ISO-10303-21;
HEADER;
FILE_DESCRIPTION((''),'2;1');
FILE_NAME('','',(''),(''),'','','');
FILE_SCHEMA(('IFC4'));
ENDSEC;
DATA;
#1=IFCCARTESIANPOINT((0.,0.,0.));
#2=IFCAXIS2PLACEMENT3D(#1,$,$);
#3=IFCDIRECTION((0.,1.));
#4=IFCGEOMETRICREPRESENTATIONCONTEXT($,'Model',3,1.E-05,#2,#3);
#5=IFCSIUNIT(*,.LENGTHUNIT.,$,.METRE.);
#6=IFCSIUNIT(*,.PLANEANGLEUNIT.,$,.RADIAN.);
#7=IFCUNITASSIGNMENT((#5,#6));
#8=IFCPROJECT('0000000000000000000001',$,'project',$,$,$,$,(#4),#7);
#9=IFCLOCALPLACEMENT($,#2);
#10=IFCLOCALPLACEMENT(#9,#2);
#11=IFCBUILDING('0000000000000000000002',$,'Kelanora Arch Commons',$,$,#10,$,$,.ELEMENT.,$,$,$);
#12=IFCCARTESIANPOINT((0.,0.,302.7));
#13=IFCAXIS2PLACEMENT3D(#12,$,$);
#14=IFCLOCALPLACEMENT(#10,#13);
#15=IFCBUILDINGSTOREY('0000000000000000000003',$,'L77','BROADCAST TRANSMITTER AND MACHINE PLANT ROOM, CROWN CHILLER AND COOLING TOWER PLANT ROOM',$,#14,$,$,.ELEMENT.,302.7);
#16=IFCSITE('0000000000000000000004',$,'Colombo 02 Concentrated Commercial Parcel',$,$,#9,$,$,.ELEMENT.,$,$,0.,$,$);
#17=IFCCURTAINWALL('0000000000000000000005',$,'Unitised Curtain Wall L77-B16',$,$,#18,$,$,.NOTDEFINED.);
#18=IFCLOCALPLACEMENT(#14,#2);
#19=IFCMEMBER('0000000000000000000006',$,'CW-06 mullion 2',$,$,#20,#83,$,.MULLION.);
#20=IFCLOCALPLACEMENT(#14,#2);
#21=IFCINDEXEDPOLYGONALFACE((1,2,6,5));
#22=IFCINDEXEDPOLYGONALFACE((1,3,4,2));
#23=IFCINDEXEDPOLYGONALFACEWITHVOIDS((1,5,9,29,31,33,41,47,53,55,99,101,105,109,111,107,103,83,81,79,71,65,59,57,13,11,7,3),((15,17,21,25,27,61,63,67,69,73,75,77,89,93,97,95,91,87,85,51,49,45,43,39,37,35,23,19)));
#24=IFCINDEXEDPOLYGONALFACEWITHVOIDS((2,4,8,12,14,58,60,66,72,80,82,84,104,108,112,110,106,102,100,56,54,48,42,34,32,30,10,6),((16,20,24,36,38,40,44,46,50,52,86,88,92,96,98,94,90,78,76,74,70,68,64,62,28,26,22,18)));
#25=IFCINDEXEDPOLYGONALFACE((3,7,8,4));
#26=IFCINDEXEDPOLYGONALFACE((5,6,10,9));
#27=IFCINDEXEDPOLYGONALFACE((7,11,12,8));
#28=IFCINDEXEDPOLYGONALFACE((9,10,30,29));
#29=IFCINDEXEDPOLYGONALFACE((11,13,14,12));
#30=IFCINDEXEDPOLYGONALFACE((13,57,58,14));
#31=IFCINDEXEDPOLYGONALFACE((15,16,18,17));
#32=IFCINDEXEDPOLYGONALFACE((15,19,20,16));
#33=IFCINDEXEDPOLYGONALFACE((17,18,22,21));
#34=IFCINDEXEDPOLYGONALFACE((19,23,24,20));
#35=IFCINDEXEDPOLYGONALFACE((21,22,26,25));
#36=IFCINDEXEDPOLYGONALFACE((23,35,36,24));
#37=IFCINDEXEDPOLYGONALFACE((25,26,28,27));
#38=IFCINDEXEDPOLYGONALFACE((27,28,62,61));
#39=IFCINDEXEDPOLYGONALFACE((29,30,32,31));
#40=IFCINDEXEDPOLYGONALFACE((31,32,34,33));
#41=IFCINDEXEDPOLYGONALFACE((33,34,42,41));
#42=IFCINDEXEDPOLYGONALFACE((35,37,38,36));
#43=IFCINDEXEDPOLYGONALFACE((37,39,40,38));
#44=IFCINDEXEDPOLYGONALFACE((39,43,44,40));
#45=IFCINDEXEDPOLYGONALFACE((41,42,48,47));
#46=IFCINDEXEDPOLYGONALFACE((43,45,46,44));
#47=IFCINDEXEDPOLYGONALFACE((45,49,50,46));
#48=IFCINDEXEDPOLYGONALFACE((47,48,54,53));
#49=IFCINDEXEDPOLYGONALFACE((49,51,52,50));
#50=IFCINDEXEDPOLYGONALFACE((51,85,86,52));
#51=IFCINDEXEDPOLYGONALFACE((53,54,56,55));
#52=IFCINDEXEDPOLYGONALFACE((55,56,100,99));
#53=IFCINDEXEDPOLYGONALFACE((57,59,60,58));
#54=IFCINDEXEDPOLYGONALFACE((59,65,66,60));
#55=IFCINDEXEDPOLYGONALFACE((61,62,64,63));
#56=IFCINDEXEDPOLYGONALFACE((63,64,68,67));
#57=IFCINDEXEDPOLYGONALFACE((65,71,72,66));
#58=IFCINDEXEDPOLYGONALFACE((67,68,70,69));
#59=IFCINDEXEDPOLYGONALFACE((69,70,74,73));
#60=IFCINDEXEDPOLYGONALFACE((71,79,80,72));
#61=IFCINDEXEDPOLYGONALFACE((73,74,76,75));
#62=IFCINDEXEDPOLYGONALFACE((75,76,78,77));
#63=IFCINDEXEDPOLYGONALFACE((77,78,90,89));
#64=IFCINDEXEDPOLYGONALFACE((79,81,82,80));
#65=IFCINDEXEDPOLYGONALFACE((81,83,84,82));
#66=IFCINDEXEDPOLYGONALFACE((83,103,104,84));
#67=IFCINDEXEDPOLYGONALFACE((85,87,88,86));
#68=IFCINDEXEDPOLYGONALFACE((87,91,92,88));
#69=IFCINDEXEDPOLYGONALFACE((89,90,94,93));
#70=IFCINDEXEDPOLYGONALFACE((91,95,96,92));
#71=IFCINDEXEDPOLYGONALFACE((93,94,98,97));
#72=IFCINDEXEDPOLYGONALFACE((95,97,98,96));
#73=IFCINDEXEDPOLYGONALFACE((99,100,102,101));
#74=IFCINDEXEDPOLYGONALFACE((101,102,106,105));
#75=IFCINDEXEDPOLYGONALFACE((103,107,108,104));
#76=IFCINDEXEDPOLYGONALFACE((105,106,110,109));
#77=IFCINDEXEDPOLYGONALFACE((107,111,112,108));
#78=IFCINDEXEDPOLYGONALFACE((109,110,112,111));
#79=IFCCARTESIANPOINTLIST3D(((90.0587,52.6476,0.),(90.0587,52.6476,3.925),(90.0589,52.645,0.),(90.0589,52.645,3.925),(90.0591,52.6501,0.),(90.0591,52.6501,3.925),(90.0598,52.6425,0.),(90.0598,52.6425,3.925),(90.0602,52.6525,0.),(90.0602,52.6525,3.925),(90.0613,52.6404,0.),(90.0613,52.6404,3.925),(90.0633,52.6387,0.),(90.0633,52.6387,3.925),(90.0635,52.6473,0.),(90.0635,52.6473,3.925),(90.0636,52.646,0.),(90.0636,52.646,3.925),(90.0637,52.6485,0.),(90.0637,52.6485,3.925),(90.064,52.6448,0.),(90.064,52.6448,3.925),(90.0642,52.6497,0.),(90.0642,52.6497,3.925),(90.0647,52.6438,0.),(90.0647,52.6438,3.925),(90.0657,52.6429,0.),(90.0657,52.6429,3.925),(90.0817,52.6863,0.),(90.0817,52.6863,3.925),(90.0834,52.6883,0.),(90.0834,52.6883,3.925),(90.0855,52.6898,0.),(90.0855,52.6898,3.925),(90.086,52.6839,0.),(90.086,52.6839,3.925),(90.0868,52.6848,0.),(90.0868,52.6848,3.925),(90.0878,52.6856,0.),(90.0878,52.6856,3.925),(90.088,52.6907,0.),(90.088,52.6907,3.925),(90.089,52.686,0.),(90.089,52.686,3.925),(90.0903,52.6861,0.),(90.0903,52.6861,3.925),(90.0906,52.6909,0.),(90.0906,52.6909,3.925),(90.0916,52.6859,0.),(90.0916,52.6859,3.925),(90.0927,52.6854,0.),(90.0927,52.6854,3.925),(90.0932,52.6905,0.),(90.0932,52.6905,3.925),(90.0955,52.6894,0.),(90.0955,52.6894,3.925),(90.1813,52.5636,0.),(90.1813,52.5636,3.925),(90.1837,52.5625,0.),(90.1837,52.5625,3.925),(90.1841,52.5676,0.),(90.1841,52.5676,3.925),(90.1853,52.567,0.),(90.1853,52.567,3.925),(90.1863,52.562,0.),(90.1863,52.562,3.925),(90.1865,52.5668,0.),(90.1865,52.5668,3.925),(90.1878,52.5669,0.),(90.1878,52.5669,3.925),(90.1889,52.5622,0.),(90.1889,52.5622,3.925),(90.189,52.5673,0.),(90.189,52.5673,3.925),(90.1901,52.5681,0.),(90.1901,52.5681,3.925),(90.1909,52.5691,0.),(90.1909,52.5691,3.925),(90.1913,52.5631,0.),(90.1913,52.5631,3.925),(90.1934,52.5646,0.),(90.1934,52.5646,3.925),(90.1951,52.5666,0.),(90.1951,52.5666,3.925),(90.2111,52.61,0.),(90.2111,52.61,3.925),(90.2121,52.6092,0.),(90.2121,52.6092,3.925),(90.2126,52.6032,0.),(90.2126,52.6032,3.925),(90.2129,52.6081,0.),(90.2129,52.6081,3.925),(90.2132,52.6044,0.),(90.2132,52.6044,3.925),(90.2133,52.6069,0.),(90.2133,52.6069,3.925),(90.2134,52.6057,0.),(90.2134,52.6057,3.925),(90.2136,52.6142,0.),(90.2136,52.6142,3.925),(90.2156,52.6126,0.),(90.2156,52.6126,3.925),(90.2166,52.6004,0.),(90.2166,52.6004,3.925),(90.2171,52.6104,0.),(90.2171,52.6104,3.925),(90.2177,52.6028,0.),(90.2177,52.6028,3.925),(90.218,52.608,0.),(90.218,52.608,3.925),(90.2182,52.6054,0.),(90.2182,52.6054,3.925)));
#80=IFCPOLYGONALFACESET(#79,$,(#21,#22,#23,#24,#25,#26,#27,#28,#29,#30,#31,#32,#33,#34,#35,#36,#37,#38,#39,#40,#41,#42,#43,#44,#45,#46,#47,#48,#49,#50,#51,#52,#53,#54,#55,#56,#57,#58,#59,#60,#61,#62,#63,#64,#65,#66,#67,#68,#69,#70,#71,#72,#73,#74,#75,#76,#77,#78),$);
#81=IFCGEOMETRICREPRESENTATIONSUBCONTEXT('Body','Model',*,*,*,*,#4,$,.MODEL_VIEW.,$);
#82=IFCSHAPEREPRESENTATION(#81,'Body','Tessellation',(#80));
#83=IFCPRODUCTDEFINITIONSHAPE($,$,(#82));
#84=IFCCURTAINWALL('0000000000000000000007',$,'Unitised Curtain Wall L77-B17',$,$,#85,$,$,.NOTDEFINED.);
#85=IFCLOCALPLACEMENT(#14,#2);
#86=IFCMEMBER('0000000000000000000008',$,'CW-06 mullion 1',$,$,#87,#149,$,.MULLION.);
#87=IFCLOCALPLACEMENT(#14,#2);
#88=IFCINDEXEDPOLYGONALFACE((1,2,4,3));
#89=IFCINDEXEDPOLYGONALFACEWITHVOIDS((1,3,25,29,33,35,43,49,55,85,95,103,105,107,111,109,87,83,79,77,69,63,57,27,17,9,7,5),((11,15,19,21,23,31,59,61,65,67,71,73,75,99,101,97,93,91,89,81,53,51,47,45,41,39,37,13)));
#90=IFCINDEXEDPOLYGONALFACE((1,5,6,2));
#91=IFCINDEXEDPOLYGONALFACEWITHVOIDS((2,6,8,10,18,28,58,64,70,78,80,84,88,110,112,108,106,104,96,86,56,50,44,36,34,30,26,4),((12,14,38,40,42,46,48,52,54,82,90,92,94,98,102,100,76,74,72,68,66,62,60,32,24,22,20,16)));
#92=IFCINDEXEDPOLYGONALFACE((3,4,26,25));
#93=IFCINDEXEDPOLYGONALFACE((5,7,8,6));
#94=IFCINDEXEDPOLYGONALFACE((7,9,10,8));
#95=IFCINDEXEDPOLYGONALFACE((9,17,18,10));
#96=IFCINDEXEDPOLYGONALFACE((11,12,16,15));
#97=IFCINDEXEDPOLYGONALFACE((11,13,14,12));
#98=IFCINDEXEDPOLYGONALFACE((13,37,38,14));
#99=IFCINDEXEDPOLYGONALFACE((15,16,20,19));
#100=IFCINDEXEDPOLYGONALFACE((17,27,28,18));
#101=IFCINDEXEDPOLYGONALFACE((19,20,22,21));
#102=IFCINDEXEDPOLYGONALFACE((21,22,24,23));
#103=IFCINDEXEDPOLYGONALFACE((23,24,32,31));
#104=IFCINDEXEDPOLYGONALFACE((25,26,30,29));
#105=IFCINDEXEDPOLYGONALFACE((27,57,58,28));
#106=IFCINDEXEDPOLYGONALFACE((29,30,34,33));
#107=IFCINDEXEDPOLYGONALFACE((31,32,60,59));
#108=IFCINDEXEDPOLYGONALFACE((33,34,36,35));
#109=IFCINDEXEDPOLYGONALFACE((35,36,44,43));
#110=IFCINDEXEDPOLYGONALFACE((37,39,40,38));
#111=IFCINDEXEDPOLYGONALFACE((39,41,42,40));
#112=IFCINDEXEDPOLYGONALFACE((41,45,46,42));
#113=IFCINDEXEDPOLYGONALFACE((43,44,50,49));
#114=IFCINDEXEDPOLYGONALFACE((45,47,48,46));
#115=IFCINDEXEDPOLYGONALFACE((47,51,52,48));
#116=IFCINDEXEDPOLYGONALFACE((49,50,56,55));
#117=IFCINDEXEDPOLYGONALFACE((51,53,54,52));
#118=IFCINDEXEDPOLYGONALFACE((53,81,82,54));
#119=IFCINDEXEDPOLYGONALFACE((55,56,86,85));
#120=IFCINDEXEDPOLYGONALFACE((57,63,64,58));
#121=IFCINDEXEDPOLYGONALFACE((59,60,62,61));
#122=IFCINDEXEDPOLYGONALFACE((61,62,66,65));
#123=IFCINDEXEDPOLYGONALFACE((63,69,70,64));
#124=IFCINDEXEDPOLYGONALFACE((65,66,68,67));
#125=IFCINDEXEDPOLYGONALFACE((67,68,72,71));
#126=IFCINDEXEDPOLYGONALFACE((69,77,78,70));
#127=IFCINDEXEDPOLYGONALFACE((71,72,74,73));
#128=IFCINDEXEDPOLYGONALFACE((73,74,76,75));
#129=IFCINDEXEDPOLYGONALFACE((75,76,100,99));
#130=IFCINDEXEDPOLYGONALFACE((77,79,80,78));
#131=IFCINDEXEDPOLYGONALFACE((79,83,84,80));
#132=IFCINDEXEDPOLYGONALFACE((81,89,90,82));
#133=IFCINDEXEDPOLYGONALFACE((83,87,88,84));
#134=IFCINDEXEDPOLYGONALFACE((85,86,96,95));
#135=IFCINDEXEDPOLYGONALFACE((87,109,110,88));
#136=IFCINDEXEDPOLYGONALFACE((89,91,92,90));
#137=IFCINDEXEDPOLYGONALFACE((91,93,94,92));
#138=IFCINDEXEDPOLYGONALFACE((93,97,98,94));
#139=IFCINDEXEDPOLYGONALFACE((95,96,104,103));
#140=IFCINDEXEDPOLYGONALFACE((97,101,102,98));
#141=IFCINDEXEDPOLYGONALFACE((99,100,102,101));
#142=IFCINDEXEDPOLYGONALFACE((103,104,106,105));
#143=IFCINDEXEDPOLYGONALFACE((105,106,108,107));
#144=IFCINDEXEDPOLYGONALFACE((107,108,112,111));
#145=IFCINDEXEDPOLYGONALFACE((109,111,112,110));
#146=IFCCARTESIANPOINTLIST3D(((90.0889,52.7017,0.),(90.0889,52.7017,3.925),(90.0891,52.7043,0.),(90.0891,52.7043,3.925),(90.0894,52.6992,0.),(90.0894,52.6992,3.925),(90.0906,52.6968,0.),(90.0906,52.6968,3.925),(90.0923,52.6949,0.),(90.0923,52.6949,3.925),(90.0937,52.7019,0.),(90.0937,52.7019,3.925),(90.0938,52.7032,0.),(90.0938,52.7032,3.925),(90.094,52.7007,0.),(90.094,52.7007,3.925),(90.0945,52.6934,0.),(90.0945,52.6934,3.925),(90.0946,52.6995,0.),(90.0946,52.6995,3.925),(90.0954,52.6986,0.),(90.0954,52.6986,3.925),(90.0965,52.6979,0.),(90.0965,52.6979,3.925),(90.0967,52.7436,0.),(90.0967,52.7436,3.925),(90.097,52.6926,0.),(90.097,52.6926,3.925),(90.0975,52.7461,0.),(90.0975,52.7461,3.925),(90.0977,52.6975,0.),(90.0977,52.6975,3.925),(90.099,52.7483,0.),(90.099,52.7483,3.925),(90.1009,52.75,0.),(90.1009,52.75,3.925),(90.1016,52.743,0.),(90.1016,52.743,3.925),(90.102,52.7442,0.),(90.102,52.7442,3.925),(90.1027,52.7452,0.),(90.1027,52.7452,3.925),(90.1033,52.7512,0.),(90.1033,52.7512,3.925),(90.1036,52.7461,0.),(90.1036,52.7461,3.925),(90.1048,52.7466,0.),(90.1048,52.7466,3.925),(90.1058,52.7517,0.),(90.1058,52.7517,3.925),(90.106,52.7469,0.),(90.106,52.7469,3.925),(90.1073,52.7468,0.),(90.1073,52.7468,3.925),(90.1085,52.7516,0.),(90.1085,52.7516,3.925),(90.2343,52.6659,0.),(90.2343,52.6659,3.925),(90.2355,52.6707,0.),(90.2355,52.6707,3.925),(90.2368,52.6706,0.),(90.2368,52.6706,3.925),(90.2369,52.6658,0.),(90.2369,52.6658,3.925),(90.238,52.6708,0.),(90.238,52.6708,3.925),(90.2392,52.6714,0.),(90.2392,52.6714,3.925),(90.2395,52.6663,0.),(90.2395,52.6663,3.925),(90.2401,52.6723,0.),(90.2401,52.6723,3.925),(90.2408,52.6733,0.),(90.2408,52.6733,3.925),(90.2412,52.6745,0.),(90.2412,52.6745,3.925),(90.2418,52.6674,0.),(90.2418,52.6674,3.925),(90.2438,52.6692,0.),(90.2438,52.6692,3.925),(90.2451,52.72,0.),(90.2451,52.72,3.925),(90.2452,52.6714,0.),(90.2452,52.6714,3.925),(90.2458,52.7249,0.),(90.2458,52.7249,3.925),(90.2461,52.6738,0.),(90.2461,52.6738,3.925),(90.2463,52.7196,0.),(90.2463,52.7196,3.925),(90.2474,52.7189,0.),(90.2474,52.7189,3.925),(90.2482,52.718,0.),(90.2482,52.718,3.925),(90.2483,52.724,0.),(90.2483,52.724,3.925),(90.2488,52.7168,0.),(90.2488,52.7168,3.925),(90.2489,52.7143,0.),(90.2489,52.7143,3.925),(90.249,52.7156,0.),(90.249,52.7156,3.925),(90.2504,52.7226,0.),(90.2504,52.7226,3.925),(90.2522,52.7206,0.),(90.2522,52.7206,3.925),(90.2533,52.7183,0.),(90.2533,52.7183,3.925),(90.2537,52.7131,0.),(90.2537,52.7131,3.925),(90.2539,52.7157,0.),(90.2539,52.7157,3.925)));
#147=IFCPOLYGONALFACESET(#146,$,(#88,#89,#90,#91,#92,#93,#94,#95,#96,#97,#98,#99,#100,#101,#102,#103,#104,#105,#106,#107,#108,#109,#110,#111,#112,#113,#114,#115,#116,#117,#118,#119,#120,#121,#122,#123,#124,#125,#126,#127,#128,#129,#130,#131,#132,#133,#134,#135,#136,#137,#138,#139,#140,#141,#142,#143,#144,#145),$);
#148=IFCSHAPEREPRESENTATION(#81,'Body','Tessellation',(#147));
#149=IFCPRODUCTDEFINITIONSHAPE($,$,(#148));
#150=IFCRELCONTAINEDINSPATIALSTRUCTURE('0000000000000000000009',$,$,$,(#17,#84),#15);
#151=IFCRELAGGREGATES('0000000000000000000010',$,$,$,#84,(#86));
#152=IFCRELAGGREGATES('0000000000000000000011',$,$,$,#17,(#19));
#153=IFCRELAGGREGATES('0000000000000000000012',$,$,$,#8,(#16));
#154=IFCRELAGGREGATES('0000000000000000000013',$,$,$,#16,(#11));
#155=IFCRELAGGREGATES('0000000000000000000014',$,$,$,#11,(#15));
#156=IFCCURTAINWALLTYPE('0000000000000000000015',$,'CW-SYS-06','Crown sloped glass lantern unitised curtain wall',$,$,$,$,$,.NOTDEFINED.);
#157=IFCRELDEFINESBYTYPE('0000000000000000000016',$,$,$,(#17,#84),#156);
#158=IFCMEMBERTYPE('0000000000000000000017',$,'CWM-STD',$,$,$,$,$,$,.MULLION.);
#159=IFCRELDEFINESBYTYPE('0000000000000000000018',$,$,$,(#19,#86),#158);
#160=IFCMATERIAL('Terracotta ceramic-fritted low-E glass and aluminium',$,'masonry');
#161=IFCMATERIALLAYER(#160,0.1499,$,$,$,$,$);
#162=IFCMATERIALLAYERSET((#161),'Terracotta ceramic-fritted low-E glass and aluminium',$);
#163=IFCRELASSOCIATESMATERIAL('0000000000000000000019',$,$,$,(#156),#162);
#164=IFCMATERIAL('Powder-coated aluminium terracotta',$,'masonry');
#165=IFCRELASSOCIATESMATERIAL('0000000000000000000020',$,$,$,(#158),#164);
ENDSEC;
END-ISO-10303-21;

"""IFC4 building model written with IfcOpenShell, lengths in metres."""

from ifc_helpers import new_model, si_unit, direction, frame, origin, origin_2d, place, context, subcontext, project, spatial, hollow_rectangle, extrude, material, layer, layer_set, material_profile, profile_set, type_object, element, aggregate, save


model = new_model("IFC4")

# Units and contexts
model_context = context("Model", 3, precision=1e-05, world=origin(), true_north=direction((0.0, 1.0)))
body_context = subcontext(model_context, "Body", "Model", "MODEL_VIEW")
ifc_project = project(units=[si_unit("LENGTHUNIT", "METRE"), si_unit("PLANEANGLEUNIT", "RADIAN")], contexts=[model_context])

# Site, building, storey
site_placement = place(None, origin())
site = spatial("IfcSite", under=ifc_project, at=site_placement, Name="Colombo 02 Concentrated Commercial Parcel", CompositionType="ELEMENT", RefElevation=0.0)
building_placement = place(site_placement, origin())
building = spatial("IfcBuilding", under=site, at=building_placement, Name="Kelanora Arch Commons", CompositionType="ELEMENT")
storey_placement = place(building_placement, frame((0.0, 0.0, 302.7)))
storey = spatial("IfcBuildingStorey", under=building, at=storey_placement, Name="L77", Description="BROADCAST TRANSMITTER AND MACHINE PLANT ROOM, CROWN CHILLER AND COOLING TOWER PLANT ROOM", CompositionType="ELEMENT", Elevation=302.7)

# Curtain wall, member
ifc_material_1 = material(Name="Terracotta ceramic-fritted low-E glass and aluminium", Category="masonry")
ifc_layer_1 = layer(ifc_material_1, 0.1499)
ifc_layer_set_1 = layer_set([ifc_layer_1], Name="Terracotta ceramic-fritted low-E glass and aluminium")
curtain_wall_type = type_object("IfcCurtainWallType", Name="CW-SYS-06", Description="Crown sloped glass lantern unitised curtain wall", PredefinedType="NOTDEFINED", material=ifc_layer_set_1)
curtain_wall_1_placement = place(storey_placement, origin())
curtain_wall_1 = element("IfcCurtainWall", 1, at=curtain_wall_1_placement, inside=storey, type_object=curtain_wall_type, Name="Unitised Curtain Wall L77-B16", PredefinedType="NOTDEFINED")
ifc_material_2 = material(Name="Powder-coated aluminium terracotta", Category="masonry")
ifc_material_profile_1 = material_profile(ifc_material_2, hollow_rectangle(XDim=0.1599, YDim=0.0601, WallThickness=0.0049, InnerFilletRadius=0.0049, OuterFilletRadius=0.01, at=origin_2d()), Name="CWM160x60")
ifc_profile_set_1 = profile_set([ifc_material_profile_1], Name="Powder-coated aluminium terracotta")
member_type_1 = type_object("IfcMemberType", Name="CWM-STD", PredefinedType="MULLION", material=ifc_profile_set_1)
member_1_placement = place(storey_placement, frame((90.1384, 52.6265, 0.0), z_axis=(0.0, 0.0, 1.0), x_axis=(-0.843592, 0.536984, 0.0)))
member_1 = element("IfcMember", 2, at=member_1_placement, type_object=member_type_1, Name="CW-06 mullion 2", PredefinedType="MULLION", context=body_context, shape_type="SweptSolid", body=[
    extrude(hollow_rectangle(XDim=0.1599, YDim=0.0601, WallThickness=0.0049, InnerFilletRadius=0.0049, OuterFilletRadius=0.01, at=origin_2d()), origin(), (0.0, 0.0, 1.0), 3.925),
])

# Curtain wall, member
curtain_wall_2_placement = place(storey_placement, origin())
curtain_wall_2 = element("IfcCurtainWall", 3, at=curtain_wall_2_placement, inside=storey, type_object=curtain_wall_type, Name="Unitised Curtain Wall L77-B17", PredefinedType="NOTDEFINED")
member_2_placement = place(storey_placement, frame((90.1714, 52.7087, 0.0), z_axis=(0.0, 0.0, 1.0), x_axis=(-0.981624, 0.190827, 0.0)))
member_2 = element("IfcMember", 4, at=member_2_placement, type_object=member_type_1, Name="CW-06 mullion 1", PredefinedType="MULLION", context=body_context, shape_type="SweptSolid", body=[
    extrude(hollow_rectangle(XDim=0.1599, YDim=0.0601, WallThickness=0.0049, InnerFilletRadius=0.0049, OuterFilletRadius=0.01, at=origin_2d()), origin(), (0.0, 0.0, 1.0), 3.925),
])
aggregate(curtain_wall_2, [member_2])

aggregate(curtain_wall_1, [member_1])

save(model, "model.ifc")
